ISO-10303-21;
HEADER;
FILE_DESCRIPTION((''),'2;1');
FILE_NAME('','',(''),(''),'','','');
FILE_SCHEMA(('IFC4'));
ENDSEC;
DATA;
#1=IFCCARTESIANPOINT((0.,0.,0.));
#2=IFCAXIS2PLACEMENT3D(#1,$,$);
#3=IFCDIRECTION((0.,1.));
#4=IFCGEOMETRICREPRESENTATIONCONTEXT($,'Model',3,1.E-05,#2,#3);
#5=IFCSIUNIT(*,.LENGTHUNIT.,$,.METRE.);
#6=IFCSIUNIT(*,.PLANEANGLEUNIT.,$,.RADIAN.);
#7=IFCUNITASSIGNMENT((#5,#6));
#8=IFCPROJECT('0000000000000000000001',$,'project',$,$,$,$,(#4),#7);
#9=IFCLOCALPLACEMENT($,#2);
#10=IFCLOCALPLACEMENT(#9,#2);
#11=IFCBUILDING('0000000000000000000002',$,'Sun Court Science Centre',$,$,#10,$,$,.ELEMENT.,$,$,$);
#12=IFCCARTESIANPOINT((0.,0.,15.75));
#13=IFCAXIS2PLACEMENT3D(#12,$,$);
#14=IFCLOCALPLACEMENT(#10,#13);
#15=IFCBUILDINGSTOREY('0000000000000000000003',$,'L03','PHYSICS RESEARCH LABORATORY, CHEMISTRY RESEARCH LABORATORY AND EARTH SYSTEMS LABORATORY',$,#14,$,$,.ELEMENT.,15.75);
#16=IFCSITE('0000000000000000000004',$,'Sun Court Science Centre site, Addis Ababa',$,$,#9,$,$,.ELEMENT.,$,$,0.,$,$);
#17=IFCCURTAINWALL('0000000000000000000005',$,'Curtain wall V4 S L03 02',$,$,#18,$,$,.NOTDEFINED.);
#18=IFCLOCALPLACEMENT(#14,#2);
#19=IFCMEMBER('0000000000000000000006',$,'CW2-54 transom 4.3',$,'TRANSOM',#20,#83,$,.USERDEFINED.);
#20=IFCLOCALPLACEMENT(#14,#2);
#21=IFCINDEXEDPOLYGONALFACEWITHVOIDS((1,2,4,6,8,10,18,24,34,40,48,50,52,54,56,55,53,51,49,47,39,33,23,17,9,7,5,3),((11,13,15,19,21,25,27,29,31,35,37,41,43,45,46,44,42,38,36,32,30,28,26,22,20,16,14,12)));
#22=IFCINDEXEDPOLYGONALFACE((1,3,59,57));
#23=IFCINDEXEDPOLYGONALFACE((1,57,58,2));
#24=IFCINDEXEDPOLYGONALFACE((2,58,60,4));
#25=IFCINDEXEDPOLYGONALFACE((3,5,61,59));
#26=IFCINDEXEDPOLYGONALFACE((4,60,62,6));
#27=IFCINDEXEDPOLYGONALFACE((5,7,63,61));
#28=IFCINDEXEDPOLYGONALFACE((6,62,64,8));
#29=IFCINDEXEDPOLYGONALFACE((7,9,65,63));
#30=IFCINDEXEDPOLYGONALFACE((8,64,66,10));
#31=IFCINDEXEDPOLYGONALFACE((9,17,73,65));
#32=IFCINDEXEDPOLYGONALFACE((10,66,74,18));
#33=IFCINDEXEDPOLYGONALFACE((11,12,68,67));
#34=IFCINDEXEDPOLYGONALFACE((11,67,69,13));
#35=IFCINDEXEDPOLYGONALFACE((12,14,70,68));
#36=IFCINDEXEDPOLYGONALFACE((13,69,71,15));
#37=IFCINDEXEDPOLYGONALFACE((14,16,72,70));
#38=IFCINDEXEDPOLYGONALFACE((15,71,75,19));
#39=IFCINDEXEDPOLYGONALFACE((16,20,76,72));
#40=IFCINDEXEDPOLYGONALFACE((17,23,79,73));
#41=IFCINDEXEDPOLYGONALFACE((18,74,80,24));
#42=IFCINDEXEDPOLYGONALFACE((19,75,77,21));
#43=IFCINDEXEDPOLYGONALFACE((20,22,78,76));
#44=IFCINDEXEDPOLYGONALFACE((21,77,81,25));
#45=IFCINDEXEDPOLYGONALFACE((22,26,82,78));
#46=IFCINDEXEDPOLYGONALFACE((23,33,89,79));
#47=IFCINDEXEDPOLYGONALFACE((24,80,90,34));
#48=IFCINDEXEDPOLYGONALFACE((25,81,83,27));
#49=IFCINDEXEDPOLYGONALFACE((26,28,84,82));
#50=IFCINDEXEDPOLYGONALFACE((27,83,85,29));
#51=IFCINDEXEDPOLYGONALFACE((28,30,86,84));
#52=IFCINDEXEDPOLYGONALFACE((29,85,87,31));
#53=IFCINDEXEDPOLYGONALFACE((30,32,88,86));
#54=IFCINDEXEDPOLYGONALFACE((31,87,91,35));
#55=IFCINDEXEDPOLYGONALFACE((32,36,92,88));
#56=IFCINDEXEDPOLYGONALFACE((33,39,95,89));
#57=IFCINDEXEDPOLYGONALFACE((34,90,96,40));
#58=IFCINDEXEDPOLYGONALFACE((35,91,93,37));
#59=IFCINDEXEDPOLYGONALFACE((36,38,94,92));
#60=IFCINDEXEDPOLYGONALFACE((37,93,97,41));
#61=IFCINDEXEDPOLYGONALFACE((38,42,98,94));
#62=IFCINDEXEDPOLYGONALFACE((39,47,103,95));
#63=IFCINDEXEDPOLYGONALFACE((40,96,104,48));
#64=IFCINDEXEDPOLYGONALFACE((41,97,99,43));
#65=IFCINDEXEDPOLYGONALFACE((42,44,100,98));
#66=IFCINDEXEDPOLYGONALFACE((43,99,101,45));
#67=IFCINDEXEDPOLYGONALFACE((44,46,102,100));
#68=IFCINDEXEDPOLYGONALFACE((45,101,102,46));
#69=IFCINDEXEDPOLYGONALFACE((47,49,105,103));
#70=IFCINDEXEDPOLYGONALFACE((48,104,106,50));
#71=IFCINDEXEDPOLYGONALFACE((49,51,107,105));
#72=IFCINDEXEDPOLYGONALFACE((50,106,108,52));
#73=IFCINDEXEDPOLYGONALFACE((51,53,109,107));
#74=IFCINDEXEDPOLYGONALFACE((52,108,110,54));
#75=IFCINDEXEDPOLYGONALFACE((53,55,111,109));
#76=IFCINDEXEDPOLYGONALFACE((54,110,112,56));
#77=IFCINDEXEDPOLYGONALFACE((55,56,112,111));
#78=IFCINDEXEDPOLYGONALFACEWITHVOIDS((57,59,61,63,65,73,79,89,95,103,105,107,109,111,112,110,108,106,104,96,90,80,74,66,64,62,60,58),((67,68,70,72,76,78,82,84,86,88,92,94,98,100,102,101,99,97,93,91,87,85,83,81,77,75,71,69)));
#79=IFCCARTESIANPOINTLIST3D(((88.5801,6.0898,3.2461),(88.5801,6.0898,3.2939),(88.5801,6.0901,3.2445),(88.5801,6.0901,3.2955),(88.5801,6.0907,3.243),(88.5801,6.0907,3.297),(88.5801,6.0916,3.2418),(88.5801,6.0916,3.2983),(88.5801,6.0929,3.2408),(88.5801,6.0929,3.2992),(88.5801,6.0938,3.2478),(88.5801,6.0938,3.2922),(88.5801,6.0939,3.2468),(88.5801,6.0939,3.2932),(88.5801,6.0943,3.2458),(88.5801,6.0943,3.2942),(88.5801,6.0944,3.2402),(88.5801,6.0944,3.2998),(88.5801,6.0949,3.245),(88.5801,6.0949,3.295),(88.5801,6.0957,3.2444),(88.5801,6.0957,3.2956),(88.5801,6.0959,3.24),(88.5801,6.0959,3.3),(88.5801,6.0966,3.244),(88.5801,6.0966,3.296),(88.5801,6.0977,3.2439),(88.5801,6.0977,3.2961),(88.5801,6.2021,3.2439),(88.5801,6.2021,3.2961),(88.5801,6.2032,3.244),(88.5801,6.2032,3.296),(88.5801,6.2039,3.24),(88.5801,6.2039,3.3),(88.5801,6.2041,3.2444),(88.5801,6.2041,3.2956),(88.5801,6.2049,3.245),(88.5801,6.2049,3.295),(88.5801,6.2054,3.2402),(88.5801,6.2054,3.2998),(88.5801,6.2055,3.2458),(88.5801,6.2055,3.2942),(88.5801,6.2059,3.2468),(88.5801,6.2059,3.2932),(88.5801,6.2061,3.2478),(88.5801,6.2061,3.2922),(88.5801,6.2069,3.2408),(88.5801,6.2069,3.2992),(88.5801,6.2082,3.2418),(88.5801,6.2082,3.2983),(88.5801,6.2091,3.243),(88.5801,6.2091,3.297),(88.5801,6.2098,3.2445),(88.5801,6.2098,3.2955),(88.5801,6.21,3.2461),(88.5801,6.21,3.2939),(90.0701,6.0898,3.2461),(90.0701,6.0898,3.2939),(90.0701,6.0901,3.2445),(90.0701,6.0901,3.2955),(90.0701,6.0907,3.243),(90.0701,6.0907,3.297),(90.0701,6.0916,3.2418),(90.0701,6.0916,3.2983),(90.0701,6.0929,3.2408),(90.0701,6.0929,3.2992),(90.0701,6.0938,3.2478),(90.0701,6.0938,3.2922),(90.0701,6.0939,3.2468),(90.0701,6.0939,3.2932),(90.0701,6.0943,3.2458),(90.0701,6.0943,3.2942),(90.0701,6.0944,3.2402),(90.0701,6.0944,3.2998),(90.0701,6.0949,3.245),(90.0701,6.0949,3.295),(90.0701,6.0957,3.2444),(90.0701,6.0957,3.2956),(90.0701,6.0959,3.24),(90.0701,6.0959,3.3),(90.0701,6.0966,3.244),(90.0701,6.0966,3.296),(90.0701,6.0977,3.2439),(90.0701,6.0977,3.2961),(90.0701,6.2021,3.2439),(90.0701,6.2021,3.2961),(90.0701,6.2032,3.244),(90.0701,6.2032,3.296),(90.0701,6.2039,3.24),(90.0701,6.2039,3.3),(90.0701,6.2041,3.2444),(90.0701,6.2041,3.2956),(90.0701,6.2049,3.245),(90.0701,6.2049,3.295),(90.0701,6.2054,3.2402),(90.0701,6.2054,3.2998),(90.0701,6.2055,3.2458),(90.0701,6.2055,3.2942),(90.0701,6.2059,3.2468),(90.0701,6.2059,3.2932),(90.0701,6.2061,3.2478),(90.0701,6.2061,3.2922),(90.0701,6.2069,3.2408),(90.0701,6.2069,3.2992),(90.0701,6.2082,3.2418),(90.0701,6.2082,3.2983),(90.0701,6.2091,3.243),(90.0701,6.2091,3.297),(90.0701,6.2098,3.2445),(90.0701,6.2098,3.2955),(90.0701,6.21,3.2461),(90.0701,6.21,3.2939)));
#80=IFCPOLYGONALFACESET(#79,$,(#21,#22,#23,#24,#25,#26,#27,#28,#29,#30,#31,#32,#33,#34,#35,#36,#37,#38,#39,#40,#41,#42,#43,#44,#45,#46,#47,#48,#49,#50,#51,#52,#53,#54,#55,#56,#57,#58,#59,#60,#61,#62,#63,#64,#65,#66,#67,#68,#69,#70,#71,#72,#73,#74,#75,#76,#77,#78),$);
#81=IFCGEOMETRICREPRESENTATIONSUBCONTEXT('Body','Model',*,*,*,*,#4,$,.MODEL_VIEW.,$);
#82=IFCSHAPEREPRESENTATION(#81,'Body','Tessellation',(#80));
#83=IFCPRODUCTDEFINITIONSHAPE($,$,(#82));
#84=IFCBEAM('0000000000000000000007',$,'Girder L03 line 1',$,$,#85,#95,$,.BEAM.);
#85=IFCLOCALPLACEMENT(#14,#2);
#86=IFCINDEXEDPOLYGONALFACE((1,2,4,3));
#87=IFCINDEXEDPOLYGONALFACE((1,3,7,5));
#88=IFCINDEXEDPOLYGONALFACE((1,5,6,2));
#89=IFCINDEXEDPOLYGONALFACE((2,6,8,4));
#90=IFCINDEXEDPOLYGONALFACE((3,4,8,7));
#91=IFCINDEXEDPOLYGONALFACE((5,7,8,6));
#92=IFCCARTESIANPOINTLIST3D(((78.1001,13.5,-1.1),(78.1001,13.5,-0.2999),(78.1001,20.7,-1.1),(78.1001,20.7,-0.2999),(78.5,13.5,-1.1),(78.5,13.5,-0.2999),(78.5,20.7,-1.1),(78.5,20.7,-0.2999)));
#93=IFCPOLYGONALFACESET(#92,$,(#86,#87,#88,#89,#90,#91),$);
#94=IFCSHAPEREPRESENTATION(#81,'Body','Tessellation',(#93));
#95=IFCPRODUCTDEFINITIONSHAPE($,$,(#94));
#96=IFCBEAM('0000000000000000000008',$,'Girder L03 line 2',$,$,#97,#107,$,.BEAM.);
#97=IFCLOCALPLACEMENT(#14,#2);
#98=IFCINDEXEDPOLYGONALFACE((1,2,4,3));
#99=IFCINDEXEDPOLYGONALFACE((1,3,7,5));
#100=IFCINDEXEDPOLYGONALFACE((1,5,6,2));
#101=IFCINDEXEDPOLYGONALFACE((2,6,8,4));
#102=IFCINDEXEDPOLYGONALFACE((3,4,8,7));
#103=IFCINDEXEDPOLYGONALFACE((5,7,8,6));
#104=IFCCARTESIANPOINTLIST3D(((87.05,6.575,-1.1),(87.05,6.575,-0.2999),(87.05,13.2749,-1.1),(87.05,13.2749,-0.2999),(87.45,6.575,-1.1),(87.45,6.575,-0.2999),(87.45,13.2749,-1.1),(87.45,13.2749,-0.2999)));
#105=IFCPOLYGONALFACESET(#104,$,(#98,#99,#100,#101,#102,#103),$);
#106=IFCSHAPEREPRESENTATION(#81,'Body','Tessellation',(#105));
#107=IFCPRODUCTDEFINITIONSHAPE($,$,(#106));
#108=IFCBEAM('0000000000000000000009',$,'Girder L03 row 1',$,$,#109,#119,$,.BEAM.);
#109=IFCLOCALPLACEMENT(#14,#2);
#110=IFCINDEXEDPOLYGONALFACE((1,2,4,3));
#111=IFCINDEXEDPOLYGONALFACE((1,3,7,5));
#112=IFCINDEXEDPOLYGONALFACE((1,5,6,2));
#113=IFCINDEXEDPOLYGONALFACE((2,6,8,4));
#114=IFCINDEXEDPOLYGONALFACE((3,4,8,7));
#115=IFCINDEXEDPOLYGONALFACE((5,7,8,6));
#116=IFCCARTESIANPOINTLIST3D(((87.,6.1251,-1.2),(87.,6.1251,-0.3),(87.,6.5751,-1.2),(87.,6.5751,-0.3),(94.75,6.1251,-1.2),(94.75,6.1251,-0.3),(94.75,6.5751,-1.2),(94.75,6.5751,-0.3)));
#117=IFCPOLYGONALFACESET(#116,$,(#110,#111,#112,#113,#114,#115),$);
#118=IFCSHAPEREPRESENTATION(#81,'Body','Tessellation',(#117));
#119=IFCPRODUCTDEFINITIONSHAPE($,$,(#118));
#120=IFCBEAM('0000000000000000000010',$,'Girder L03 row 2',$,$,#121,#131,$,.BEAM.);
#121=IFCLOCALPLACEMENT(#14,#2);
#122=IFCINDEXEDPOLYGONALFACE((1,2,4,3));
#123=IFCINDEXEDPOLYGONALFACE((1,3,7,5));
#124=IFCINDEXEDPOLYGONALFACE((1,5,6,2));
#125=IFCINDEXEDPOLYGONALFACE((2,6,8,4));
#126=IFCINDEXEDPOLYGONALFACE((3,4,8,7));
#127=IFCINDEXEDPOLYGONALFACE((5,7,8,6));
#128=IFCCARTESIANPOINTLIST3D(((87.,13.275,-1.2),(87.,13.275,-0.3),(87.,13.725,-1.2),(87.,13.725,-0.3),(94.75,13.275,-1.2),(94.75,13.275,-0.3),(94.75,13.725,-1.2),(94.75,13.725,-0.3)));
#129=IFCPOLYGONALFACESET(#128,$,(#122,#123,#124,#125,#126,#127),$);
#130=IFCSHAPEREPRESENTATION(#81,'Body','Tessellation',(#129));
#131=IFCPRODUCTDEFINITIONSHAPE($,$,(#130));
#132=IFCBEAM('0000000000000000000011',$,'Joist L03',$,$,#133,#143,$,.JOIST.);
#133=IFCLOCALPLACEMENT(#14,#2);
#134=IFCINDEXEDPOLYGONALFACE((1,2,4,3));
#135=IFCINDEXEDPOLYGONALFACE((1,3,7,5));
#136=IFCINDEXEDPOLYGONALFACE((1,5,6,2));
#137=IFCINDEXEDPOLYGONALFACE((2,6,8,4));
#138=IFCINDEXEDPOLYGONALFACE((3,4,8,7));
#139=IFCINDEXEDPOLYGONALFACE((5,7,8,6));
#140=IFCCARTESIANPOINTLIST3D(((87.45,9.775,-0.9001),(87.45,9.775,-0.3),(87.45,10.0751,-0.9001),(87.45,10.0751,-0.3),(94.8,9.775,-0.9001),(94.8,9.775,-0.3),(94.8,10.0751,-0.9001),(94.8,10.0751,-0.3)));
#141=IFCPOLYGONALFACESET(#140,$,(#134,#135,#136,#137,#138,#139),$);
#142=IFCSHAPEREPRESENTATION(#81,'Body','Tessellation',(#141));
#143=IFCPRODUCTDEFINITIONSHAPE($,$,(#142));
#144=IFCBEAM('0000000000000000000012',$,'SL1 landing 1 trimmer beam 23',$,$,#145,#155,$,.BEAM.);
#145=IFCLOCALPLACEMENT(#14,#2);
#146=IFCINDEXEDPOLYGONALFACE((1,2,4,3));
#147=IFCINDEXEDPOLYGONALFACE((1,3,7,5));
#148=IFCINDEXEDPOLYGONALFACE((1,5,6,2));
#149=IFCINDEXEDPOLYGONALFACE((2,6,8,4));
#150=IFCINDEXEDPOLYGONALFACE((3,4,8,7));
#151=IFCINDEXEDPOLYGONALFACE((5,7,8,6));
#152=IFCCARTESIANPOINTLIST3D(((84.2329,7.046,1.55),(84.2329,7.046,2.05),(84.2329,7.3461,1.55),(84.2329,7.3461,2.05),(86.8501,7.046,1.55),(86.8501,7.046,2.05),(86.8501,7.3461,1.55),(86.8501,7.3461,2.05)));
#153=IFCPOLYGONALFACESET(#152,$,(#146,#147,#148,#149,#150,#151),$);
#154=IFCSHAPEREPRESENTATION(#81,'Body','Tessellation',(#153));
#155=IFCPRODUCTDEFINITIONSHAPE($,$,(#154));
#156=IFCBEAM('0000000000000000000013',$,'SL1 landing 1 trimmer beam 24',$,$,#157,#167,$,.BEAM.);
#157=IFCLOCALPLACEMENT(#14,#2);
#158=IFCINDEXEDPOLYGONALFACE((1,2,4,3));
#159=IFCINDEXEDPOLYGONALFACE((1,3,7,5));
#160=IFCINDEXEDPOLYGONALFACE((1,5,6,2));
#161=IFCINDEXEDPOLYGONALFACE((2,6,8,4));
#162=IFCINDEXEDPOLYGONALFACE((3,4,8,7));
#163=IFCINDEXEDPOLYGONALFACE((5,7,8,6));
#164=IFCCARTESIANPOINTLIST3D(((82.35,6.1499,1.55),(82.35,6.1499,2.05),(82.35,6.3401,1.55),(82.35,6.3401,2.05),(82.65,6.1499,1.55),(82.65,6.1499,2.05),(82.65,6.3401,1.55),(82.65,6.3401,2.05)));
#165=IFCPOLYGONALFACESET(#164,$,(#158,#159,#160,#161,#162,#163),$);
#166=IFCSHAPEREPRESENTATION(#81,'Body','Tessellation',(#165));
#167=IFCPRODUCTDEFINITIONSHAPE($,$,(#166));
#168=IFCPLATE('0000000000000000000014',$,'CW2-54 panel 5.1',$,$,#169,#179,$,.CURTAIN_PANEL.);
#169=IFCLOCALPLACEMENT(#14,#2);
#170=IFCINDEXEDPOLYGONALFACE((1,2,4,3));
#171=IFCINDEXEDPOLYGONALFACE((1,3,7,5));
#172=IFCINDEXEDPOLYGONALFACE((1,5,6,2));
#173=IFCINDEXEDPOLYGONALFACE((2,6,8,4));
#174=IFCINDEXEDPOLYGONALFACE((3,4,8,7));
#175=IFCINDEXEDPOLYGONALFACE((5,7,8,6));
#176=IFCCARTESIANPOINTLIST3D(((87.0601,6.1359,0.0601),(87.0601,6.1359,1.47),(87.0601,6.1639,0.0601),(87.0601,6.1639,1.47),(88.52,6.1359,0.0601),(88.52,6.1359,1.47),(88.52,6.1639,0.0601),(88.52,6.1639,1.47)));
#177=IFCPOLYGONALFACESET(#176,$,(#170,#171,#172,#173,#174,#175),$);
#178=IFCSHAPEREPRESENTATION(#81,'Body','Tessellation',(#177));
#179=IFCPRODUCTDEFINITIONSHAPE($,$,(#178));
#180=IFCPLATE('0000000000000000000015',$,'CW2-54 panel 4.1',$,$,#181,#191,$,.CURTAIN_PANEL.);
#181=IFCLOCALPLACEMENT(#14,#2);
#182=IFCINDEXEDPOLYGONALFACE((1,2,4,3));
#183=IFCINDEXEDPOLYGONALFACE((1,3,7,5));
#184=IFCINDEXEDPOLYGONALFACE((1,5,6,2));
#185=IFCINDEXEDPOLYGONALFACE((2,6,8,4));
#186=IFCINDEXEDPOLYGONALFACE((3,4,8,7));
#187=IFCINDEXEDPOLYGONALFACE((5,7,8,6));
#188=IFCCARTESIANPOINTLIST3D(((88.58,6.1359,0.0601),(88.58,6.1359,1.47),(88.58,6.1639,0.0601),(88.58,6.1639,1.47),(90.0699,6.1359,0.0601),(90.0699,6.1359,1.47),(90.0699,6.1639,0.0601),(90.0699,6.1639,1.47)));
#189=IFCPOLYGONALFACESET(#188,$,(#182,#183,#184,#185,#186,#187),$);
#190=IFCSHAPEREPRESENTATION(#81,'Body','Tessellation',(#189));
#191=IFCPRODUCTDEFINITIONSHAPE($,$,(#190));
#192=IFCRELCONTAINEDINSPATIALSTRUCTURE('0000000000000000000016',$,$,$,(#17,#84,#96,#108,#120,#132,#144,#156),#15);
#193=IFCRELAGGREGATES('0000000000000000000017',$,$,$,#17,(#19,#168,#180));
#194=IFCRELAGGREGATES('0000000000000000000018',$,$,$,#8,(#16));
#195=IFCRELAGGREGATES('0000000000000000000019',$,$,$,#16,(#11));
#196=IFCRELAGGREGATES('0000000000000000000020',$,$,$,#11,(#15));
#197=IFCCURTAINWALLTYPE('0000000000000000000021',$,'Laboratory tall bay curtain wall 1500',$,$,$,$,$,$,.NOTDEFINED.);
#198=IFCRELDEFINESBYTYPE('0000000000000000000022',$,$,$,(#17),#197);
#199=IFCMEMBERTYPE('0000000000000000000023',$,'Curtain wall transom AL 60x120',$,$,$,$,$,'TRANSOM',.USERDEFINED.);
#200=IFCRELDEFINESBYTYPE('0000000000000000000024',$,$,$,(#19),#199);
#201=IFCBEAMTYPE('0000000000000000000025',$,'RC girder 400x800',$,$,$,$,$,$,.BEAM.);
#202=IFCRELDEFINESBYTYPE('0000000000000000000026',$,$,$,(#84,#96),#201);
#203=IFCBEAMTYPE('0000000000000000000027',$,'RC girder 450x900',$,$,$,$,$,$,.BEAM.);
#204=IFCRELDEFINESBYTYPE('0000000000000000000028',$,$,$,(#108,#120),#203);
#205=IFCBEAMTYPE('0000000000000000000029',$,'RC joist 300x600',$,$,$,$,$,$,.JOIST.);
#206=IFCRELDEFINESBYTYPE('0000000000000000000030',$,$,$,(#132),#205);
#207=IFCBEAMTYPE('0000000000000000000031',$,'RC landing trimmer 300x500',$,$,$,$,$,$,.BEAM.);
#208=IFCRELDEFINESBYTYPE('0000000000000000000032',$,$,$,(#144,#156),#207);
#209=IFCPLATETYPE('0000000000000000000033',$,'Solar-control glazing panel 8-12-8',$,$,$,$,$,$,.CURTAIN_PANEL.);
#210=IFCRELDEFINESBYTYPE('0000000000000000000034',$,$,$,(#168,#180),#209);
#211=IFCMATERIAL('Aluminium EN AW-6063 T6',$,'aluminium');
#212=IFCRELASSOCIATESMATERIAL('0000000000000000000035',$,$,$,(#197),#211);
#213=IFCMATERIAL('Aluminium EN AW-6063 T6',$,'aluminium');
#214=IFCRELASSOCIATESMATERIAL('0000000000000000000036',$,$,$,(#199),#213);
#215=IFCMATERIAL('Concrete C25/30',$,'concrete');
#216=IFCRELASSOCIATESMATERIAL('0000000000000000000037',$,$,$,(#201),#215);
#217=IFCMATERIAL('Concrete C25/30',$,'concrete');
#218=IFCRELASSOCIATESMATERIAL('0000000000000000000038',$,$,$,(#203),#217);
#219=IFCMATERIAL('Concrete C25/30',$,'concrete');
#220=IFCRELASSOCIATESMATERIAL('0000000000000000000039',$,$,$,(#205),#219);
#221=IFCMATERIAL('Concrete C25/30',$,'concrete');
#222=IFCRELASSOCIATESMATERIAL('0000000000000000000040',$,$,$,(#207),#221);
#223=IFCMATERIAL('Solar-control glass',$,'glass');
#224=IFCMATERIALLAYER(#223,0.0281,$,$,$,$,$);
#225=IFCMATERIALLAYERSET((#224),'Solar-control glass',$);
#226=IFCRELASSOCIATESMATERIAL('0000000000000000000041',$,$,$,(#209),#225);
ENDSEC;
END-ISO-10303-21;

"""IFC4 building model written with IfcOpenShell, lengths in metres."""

from ifc_helpers import new_model, si_unit, direction, frame, origin, origin_2d, place, context, subcontext, project, spatial, rectangle, hollow_rectangle, extrude, material, layer, layer_set, material_profile, profile_set, type_object, element, aggregate, save


model = new_model("IFC4")

# Units and contexts
model_context = context("Model", 3, precision=1e-05, world=origin(), true_north=direction((0.0, 1.0)))
body_context = subcontext(model_context, "Body", "Model", "MODEL_VIEW")
ifc_project = project(units=[si_unit("LENGTHUNIT", "METRE"), si_unit("PLANEANGLEUNIT", "RADIAN")], contexts=[model_context])

# Site, building, storey
site_placement = place(None, origin())
site = spatial("IfcSite", under=ifc_project, at=site_placement, Name="Sun Court Science Centre site, Addis Ababa", CompositionType="ELEMENT", RefElevation=0.0)
building_placement = place(site_placement, origin())
building = spatial("IfcBuilding", under=site, at=building_placement, Name="Sun Court Science Centre", CompositionType="ELEMENT")
storey_placement = place(building_placement, frame((0.0, 0.0, 15.75)))
storey = spatial("IfcBuildingStorey", under=building, at=storey_placement, Name="L03", Description="PHYSICS RESEARCH LABORATORY, CHEMISTRY RESEARCH LABORATORY AND EARTH SYSTEMS LABORATORY", CompositionType="ELEMENT", Elevation=15.75)

# Curtain wall, member
ifc_material_1 = material(Name="Aluminium EN AW-6063 T6", Category="aluminium")
curtain_wall_type = type_object("IfcCurtainWallType", Name="Laboratory tall bay curtain wall 1500", PredefinedType="NOTDEFINED", material=ifc_material_1)
curtain_wall_placement = place(storey_placement, origin())
curtain_wall = element("IfcCurtainWall", 1, at=curtain_wall_placement, inside=storey, type_object=curtain_wall_type, Name="Curtain wall V4 S L03 02", PredefinedType="NOTDEFINED")
ifc_material_2 = material(Name="Aluminium EN AW-6063 T6", Category="aluminium")
ifc_material_profile_1 = material_profile(ifc_material_2, hollow_rectangle(XDim=0.0601, YDim=0.1201, WallThickness=0.0039, InnerFilletRadius=0.0039, OuterFilletRadius=0.0061, at=origin_2d()), Name="AL 60x120x4")
ifc_profile_set_1 = profile_set([ifc_material_profile_1], Name="Aluminium EN AW-6063 T6")
member_type_1 = type_object("IfcMemberType", Name="Curtain wall transom AL 60x120", ElementType="TRANSOM", PredefinedType="USERDEFINED", material=ifc_profile_set_1)
member_1_placement = place(storey_placement, frame((90.0701, 6.1499, 3.27), z_axis=(-1.0, 0.0, 0.0), x_axis=(0.0, 0.0, 1.0)))
member_1 = element("IfcMember", 2, at=member_1_placement, type_object=member_type_1, Name="CW2-54 transom 4.3", ObjectType="TRANSOM", PredefinedType="USERDEFINED", context=body_context, shape_type="SweptSolid", body=[
    extrude(hollow_rectangle(XDim=0.0601, YDim=0.1201, WallThickness=0.0039, InnerFilletRadius=0.0039, OuterFilletRadius=0.0061, at=origin_2d()), origin(), (0.0, 0.0, 1.0), 1.49),
])

# Beams
ifc_material_3 = material(Name="Concrete C25/30", Category="concrete")
ifc_material_profile_2 = material_profile(ifc_material_3, rectangle(XDim=0.3999, YDim=0.8, at=origin_2d()), Name="RC 400x800")
ifc_profile_set_2 = profile_set([ifc_material_profile_2], Name="Concrete C25/30")
beam_type_1 = type_object("IfcBeamType", Name="RC girder 400x800", PredefinedType="BEAM", material=ifc_profile_set_2)
beam_1_placement = place(storey_placement, frame((78.3, 13.5, -0.7), z_axis=(0.0, 1.0, 0.0), x_axis=(-1.0, 0.0, 0.0)))
element("IfcBeam", 3, at=beam_1_placement, inside=storey, type_object=beam_type_1, Name="Girder L03 line 1", PredefinedType="BEAM", context=body_context, shape_type="SweptSolid", body=[
    extrude(rectangle(XDim=0.3999, YDim=0.8, at=origin_2d()), origin(), (0.0, 0.0, 1.0), 7.2),
])
beam_2_placement = place(storey_placement, frame((87.25, 6.575, -0.7), z_axis=(0.0, 1.0, 0.0), x_axis=(-1.0, 0.0, 0.0)))
element("IfcBeam", 4, at=beam_2_placement, inside=storey, type_object=beam_type_1, Name="Girder L03 line 2", PredefinedType="BEAM", context=body_context, shape_type="SweptSolid", body=[
    extrude(rectangle(XDim=0.3999, YDim=0.8, at=origin_2d()), origin(), (0.0, 0.0, 1.0), 6.7),
])
ifc_material_4 = material(Name="Concrete C25/30", Category="concrete")
ifc_material_profile_3 = material_profile(ifc_material_4, rectangle(XDim=0.45, YDim=0.8999, at=origin_2d()), Name="RC 450x900")
ifc_profile_set_3 = profile_set([ifc_material_profile_3], Name="Concrete C25/30")
beam_type_2 = type_object("IfcBeamType", Name="RC girder 450x900", PredefinedType="BEAM", material=ifc_profile_set_3)
for number, where, z_axis, x_axis, name in (
    (5, (87.0, 6.3501, -0.75), (1.0, 0.0, 0.0), (0.0, 1.0, 0.0), "Girder L03 row 1"),
    (6, (87.0, 13.5, -0.75), (1.0, 0.0, 0.0), (0.0, 1.0, 0.0), "Girder L03 row 2"),
):
    element("IfcBeam", number, at=place(storey_placement, frame(where, z_axis=z_axis, x_axis=x_axis)), inside=storey, type_object=beam_type_2, Name=name, PredefinedType="BEAM", context=body_context, shape_type="SweptSolid", body=[
        extrude(rectangle(XDim=0.45, YDim=0.8999, at=origin_2d()), origin(), (0.0, 0.0, 1.0), 7.75),
    ])
ifc_material_5 = material(Name="Concrete C25/30", Category="concrete")
ifc_material_profile_4 = material_profile(ifc_material_5, rectangle(XDim=0.3, YDim=0.6001, at=origin_2d()), Name="RC 300x600")
ifc_profile_set_4 = profile_set([ifc_material_profile_4], Name="Concrete C25/30")
beam_type_3 = type_object("IfcBeamType", Name="RC joist 300x600", PredefinedType="JOIST", material=ifc_profile_set_4)
beam_3_placement = place(storey_placement, frame((87.45, 9.925, -0.6001), z_axis=(1.0, 0.0, 0.0), x_axis=(0.0, 1.0, 0.0)))
element("IfcBeam", 7, at=beam_3_placement, inside=storey, type_object=beam_type_3, Name="Joist L03", PredefinedType="JOIST", context=body_context, shape_type="SweptSolid", body=[
    extrude(rectangle(XDim=0.3, YDim=0.6001, at=origin_2d()), origin(), (0.0, 0.0, 1.0), 7.3501),
])
ifc_material_6 = material(Name="Concrete C25/30", Category="concrete")
ifc_material_profile_5 = material_profile(ifc_material_6, rectangle(XDim=0.3, YDim=0.5, at=origin_2d()), Name="RC 300x500")
ifc_profile_set_5 = profile_set([ifc_material_profile_5], Name="Concrete C25/30")
beam_type_4 = type_object("IfcBeamType", Name="RC landing trimmer 300x500", PredefinedType="BEAM", material=ifc_profile_set_5)
beam_4_placement = place(storey_placement, frame((86.8501, 7.196, 1.8), z_axis=(-1.0, 0.0, 0.0), x_axis=(0.0, -1.0, 0.0)))
element("IfcBeam", 8, at=beam_4_placement, inside=storey, type_object=beam_type_4, Name="SL1 landing 1 trimmer beam 23", PredefinedType="BEAM", context=body_context, shape_type="SweptSolid", body=[
    extrude(rectangle(XDim=0.3, YDim=0.5, at=origin_2d()), origin(), (0.0, 0.0, 1.0), 2.6172),
])
beam_5_placement = place(storey_placement, frame((82.5, 6.1499, 1.8), z_axis=(0.0, 1.0, 0.0), x_axis=(-1.0, 0.0, 0.0)))
element("IfcBeam", 9, at=beam_5_placement, inside=storey, type_object=beam_type_4, Name="SL1 landing 1 trimmer beam 24", PredefinedType="BEAM", context=body_context, shape_type="SweptSolid", body=[
    extrude(rectangle(XDim=0.3, YDim=0.5, at=origin_2d()), origin(), (0.0, 0.0, 1.0), 0.1902),
])

# Plates
ifc_material_7 = material(Name="Solar-control glass", Category="glass")
ifc_layer_1 = layer(ifc_material_7, 0.0281)
ifc_layer_set_1 = layer_set([ifc_layer_1], Name="Solar-control glass")
plate_type = type_object("IfcPlateType", Name="Solar-control glazing panel 8-12-8", PredefinedType="CURTAIN_PANEL", material=ifc_layer_set_1)
plate_1_placement = place(storey_placement, frame((87.79, 6.1499, 0.0601), z_axis=(0.0, 0.0, 1.0), x_axis=(-1.0, 0.0, 0.0)))
plate_1 = element("IfcPlate", 10, at=plate_1_placement, type_object=plate_type, Name="CW2-54 panel 5.1", PredefinedType="CURTAIN_PANEL", context=body_context, shape_type="SweptSolid", body=[
    extrude(rectangle(XDim=1.46, YDim=0.0281, at=origin_2d()), origin(), (0.0, 0.0, 1.0), 1.4099),
])
plate_2_placement = place(storey_placement, frame((89.325, 6.1499, 0.0601), z_axis=(0.0, 0.0, 1.0), x_axis=(-1.0, 0.0, 0.0)))
plate_2 = element("IfcPlate", 11, at=plate_2_placement, type_object=plate_type, Name="CW2-54 panel 4.1", PredefinedType="CURTAIN_PANEL", context=body_context, shape_type="SweptSolid", body=[
    extrude(rectangle(XDim=1.49, YDim=0.0281, at=origin_2d()), origin(), (0.0, 0.0, 1.0), 1.4099),
])
aggregate(curtain_wall, [member_1, plate_1, plate_2])

save(model, "model.ifc")
